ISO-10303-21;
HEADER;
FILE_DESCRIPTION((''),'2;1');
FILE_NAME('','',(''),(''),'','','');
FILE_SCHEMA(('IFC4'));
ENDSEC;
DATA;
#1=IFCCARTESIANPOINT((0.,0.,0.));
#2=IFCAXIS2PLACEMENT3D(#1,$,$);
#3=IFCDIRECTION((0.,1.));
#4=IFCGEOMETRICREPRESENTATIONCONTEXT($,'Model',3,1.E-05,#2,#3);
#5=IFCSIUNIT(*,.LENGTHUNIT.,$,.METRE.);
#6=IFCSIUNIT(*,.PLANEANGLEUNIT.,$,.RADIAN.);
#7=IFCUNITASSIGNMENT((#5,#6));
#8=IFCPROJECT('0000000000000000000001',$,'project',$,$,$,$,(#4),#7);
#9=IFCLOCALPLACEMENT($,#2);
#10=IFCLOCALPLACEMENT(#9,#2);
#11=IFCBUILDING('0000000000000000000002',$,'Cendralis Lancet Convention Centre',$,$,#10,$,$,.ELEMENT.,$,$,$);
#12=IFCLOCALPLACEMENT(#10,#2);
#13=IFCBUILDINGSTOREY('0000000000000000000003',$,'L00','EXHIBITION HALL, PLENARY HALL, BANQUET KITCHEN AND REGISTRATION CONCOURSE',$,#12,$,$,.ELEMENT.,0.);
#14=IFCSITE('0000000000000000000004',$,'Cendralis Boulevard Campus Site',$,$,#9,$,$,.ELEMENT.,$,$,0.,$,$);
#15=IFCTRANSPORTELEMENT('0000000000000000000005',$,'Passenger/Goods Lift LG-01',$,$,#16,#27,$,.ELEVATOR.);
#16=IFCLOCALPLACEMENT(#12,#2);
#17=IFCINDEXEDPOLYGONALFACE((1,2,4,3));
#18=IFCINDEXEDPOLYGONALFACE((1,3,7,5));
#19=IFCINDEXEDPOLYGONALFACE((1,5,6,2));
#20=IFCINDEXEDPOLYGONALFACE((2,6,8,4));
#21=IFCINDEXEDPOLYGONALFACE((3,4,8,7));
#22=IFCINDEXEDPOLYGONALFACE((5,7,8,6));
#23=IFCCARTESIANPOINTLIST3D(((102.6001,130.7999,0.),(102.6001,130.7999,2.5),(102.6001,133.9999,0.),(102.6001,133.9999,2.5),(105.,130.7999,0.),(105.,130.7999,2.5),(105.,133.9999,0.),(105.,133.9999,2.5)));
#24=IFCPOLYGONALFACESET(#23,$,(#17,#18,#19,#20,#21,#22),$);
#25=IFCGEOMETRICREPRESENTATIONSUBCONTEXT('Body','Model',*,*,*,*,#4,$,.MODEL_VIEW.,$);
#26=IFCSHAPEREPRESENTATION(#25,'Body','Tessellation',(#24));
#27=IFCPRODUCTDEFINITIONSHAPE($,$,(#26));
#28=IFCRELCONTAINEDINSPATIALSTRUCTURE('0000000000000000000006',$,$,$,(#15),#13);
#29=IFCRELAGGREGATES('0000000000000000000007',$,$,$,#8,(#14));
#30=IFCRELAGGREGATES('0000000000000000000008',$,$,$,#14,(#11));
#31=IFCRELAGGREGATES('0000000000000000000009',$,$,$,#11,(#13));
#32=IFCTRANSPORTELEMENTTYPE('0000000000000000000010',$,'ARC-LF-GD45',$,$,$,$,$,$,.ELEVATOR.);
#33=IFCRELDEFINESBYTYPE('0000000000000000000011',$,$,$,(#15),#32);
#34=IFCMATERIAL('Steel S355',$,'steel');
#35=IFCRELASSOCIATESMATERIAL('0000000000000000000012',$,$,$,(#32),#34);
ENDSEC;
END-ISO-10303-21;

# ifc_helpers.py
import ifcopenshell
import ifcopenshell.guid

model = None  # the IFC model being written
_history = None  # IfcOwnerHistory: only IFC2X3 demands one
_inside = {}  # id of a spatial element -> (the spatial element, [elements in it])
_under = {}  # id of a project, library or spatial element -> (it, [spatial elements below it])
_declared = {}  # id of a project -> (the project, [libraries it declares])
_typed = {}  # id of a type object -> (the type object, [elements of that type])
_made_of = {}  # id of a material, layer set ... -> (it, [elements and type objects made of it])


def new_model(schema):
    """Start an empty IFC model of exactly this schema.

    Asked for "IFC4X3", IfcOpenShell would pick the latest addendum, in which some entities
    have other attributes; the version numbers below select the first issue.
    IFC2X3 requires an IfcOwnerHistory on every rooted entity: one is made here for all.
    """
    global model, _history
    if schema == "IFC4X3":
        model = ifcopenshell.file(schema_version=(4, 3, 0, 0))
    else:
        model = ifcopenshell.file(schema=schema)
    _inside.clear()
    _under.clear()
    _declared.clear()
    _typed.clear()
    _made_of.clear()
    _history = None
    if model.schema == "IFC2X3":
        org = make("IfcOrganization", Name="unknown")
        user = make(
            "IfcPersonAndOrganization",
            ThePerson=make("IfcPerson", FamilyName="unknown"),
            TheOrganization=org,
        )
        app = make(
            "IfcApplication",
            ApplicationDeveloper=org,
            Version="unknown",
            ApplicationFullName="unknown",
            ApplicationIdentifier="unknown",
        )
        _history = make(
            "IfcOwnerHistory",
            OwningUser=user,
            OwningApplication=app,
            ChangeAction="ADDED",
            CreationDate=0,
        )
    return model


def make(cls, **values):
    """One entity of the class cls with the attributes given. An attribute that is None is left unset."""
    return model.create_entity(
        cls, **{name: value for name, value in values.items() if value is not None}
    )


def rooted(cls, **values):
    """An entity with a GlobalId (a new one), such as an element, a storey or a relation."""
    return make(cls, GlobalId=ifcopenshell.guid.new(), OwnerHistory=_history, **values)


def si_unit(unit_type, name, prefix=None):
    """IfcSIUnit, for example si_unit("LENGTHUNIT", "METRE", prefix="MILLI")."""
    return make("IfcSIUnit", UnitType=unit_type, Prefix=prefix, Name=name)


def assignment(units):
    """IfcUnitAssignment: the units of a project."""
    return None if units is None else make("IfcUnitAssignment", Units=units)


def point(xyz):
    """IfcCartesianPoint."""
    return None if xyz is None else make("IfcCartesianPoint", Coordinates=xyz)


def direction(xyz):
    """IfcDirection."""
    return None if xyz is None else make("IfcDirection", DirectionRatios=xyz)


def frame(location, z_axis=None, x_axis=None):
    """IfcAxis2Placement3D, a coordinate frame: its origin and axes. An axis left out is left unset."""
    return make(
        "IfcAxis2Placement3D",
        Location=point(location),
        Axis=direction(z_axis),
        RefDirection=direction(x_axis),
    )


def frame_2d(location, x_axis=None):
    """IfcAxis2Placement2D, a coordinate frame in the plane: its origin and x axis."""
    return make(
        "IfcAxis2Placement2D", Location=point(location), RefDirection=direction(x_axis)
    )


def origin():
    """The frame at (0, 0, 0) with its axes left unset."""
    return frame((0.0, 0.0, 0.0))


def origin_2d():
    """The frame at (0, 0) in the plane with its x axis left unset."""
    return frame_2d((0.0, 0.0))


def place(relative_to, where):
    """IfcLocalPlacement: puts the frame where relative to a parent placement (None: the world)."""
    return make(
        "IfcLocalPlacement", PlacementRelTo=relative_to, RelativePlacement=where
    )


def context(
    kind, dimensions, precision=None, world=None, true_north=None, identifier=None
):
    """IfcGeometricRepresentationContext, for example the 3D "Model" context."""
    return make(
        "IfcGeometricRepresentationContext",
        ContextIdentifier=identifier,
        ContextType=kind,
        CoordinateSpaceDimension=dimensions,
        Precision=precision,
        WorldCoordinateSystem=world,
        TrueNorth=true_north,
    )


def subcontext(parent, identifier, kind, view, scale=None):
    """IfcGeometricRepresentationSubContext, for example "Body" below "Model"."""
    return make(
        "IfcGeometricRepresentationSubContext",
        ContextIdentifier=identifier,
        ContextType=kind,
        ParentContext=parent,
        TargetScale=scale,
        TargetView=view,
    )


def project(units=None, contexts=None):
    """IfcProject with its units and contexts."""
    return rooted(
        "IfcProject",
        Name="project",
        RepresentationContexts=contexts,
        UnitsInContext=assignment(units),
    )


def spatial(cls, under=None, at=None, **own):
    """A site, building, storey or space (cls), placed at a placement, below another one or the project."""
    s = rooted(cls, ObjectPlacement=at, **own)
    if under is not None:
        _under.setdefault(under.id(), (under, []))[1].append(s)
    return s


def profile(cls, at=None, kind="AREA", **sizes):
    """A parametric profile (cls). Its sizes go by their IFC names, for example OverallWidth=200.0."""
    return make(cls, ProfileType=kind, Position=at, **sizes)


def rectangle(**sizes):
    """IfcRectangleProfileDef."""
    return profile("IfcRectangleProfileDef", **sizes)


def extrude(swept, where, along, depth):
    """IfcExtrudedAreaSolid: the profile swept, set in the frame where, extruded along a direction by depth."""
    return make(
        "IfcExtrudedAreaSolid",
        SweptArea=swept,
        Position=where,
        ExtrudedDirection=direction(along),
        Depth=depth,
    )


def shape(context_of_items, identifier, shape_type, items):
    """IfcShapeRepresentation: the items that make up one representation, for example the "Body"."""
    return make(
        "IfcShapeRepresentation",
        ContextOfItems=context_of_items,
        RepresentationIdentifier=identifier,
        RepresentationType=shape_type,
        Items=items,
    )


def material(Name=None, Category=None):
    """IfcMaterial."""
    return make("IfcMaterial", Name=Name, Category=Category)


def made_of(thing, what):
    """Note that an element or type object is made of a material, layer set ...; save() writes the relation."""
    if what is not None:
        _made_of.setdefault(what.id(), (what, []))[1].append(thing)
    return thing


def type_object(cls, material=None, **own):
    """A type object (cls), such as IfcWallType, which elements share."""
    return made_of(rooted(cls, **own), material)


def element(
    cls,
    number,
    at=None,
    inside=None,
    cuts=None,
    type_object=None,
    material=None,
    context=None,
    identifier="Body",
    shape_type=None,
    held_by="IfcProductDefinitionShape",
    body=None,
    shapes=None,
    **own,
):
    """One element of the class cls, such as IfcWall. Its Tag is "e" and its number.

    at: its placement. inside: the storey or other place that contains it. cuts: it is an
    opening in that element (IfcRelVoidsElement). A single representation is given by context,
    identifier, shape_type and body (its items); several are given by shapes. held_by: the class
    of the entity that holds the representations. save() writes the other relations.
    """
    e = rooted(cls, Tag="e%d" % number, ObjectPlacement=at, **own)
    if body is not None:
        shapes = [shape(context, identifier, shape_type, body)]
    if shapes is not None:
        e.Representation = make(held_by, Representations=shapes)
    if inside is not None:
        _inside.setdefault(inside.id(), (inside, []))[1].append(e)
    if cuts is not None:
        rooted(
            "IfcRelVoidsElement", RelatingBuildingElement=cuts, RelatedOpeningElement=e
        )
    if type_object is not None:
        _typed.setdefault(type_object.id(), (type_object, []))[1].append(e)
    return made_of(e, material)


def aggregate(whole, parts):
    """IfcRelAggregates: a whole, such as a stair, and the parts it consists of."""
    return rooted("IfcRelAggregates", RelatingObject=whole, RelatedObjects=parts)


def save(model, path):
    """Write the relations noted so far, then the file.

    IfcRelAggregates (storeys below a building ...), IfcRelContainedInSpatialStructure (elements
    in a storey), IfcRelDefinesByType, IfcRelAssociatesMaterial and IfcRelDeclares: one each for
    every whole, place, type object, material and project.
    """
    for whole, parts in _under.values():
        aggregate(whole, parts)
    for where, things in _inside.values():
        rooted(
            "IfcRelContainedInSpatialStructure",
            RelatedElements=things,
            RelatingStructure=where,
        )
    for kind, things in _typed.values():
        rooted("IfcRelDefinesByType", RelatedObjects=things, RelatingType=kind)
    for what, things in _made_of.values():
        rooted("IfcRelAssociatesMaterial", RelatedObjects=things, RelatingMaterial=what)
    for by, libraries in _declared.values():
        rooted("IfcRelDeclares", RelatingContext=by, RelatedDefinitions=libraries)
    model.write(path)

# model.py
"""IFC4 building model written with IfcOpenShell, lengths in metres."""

from ifc_helpers import new_model, si_unit, direction, frame, origin, origin_2d, place, context, subcontext, project, spatial, rectangle, extrude, material, type_object, element, save


model = new_model("IFC4")

# Units and contexts
model_context = context("Model", 3, precision=1e-05, world=origin(), true_north=direction((0.0, 1.0)))
body_context = subcontext(model_context, "Body", "Model", "MODEL_VIEW")
ifc_project = project(units=[si_unit("LENGTHUNIT", "METRE"), si_unit("PLANEANGLEUNIT", "RADIAN")], contexts=[model_context])

# Site, building, storey
site_placement = place(None, origin())
site = spatial("IfcSite", under=ifc_project, at=site_placement, Name="Cendralis Boulevard Campus Site", CompositionType="ELEMENT", RefElevation=0.0)
building_placement = place(site_placement, origin())
building = spatial("IfcBuilding", under=site, at=building_placement, Name="Cendralis Lancet Convention Centre", CompositionType="ELEMENT")
storey_placement = place(building_placement, origin())
storey = spatial("IfcBuildingStorey", under=building, at=storey_placement, Name="L00", Description="EXHIBITION HALL, PLENARY HALL, BANQUET KITCHEN AND REGISTRATION CONCOURSE", CompositionType="ELEMENT", Elevation=0.0)

# Shared definitions
ifc_material_1 = material(Name="Steel S355", Category="steel")

# Transport element
transport_element_type = type_object("IfcTransportElementType", Name="ARC-LF-GD45", PredefinedType="ELEVATOR", material=ifc_material_1)
transport_element_placement = place(storey_placement, frame((103.8, 132.3999, 0.0), z_axis=(0.0, 0.0, 1.0), x_axis=(1.0, 0.0, 0.0)))
element("IfcTransportElement", 1, at=transport_element_placement, inside=storey, type_object=transport_element_type, Name="Passenger/Goods Lift LG-01", PredefinedType="ELEVATOR", context=body_context, shape_type="SweptSolid", body=[
    extrude(rectangle(XDim=2.3999, YDim=3.2, at=origin_2d()), origin(), (0.0, 0.0, 1.0), 2.5),
])

save(model, "model.ifc")
